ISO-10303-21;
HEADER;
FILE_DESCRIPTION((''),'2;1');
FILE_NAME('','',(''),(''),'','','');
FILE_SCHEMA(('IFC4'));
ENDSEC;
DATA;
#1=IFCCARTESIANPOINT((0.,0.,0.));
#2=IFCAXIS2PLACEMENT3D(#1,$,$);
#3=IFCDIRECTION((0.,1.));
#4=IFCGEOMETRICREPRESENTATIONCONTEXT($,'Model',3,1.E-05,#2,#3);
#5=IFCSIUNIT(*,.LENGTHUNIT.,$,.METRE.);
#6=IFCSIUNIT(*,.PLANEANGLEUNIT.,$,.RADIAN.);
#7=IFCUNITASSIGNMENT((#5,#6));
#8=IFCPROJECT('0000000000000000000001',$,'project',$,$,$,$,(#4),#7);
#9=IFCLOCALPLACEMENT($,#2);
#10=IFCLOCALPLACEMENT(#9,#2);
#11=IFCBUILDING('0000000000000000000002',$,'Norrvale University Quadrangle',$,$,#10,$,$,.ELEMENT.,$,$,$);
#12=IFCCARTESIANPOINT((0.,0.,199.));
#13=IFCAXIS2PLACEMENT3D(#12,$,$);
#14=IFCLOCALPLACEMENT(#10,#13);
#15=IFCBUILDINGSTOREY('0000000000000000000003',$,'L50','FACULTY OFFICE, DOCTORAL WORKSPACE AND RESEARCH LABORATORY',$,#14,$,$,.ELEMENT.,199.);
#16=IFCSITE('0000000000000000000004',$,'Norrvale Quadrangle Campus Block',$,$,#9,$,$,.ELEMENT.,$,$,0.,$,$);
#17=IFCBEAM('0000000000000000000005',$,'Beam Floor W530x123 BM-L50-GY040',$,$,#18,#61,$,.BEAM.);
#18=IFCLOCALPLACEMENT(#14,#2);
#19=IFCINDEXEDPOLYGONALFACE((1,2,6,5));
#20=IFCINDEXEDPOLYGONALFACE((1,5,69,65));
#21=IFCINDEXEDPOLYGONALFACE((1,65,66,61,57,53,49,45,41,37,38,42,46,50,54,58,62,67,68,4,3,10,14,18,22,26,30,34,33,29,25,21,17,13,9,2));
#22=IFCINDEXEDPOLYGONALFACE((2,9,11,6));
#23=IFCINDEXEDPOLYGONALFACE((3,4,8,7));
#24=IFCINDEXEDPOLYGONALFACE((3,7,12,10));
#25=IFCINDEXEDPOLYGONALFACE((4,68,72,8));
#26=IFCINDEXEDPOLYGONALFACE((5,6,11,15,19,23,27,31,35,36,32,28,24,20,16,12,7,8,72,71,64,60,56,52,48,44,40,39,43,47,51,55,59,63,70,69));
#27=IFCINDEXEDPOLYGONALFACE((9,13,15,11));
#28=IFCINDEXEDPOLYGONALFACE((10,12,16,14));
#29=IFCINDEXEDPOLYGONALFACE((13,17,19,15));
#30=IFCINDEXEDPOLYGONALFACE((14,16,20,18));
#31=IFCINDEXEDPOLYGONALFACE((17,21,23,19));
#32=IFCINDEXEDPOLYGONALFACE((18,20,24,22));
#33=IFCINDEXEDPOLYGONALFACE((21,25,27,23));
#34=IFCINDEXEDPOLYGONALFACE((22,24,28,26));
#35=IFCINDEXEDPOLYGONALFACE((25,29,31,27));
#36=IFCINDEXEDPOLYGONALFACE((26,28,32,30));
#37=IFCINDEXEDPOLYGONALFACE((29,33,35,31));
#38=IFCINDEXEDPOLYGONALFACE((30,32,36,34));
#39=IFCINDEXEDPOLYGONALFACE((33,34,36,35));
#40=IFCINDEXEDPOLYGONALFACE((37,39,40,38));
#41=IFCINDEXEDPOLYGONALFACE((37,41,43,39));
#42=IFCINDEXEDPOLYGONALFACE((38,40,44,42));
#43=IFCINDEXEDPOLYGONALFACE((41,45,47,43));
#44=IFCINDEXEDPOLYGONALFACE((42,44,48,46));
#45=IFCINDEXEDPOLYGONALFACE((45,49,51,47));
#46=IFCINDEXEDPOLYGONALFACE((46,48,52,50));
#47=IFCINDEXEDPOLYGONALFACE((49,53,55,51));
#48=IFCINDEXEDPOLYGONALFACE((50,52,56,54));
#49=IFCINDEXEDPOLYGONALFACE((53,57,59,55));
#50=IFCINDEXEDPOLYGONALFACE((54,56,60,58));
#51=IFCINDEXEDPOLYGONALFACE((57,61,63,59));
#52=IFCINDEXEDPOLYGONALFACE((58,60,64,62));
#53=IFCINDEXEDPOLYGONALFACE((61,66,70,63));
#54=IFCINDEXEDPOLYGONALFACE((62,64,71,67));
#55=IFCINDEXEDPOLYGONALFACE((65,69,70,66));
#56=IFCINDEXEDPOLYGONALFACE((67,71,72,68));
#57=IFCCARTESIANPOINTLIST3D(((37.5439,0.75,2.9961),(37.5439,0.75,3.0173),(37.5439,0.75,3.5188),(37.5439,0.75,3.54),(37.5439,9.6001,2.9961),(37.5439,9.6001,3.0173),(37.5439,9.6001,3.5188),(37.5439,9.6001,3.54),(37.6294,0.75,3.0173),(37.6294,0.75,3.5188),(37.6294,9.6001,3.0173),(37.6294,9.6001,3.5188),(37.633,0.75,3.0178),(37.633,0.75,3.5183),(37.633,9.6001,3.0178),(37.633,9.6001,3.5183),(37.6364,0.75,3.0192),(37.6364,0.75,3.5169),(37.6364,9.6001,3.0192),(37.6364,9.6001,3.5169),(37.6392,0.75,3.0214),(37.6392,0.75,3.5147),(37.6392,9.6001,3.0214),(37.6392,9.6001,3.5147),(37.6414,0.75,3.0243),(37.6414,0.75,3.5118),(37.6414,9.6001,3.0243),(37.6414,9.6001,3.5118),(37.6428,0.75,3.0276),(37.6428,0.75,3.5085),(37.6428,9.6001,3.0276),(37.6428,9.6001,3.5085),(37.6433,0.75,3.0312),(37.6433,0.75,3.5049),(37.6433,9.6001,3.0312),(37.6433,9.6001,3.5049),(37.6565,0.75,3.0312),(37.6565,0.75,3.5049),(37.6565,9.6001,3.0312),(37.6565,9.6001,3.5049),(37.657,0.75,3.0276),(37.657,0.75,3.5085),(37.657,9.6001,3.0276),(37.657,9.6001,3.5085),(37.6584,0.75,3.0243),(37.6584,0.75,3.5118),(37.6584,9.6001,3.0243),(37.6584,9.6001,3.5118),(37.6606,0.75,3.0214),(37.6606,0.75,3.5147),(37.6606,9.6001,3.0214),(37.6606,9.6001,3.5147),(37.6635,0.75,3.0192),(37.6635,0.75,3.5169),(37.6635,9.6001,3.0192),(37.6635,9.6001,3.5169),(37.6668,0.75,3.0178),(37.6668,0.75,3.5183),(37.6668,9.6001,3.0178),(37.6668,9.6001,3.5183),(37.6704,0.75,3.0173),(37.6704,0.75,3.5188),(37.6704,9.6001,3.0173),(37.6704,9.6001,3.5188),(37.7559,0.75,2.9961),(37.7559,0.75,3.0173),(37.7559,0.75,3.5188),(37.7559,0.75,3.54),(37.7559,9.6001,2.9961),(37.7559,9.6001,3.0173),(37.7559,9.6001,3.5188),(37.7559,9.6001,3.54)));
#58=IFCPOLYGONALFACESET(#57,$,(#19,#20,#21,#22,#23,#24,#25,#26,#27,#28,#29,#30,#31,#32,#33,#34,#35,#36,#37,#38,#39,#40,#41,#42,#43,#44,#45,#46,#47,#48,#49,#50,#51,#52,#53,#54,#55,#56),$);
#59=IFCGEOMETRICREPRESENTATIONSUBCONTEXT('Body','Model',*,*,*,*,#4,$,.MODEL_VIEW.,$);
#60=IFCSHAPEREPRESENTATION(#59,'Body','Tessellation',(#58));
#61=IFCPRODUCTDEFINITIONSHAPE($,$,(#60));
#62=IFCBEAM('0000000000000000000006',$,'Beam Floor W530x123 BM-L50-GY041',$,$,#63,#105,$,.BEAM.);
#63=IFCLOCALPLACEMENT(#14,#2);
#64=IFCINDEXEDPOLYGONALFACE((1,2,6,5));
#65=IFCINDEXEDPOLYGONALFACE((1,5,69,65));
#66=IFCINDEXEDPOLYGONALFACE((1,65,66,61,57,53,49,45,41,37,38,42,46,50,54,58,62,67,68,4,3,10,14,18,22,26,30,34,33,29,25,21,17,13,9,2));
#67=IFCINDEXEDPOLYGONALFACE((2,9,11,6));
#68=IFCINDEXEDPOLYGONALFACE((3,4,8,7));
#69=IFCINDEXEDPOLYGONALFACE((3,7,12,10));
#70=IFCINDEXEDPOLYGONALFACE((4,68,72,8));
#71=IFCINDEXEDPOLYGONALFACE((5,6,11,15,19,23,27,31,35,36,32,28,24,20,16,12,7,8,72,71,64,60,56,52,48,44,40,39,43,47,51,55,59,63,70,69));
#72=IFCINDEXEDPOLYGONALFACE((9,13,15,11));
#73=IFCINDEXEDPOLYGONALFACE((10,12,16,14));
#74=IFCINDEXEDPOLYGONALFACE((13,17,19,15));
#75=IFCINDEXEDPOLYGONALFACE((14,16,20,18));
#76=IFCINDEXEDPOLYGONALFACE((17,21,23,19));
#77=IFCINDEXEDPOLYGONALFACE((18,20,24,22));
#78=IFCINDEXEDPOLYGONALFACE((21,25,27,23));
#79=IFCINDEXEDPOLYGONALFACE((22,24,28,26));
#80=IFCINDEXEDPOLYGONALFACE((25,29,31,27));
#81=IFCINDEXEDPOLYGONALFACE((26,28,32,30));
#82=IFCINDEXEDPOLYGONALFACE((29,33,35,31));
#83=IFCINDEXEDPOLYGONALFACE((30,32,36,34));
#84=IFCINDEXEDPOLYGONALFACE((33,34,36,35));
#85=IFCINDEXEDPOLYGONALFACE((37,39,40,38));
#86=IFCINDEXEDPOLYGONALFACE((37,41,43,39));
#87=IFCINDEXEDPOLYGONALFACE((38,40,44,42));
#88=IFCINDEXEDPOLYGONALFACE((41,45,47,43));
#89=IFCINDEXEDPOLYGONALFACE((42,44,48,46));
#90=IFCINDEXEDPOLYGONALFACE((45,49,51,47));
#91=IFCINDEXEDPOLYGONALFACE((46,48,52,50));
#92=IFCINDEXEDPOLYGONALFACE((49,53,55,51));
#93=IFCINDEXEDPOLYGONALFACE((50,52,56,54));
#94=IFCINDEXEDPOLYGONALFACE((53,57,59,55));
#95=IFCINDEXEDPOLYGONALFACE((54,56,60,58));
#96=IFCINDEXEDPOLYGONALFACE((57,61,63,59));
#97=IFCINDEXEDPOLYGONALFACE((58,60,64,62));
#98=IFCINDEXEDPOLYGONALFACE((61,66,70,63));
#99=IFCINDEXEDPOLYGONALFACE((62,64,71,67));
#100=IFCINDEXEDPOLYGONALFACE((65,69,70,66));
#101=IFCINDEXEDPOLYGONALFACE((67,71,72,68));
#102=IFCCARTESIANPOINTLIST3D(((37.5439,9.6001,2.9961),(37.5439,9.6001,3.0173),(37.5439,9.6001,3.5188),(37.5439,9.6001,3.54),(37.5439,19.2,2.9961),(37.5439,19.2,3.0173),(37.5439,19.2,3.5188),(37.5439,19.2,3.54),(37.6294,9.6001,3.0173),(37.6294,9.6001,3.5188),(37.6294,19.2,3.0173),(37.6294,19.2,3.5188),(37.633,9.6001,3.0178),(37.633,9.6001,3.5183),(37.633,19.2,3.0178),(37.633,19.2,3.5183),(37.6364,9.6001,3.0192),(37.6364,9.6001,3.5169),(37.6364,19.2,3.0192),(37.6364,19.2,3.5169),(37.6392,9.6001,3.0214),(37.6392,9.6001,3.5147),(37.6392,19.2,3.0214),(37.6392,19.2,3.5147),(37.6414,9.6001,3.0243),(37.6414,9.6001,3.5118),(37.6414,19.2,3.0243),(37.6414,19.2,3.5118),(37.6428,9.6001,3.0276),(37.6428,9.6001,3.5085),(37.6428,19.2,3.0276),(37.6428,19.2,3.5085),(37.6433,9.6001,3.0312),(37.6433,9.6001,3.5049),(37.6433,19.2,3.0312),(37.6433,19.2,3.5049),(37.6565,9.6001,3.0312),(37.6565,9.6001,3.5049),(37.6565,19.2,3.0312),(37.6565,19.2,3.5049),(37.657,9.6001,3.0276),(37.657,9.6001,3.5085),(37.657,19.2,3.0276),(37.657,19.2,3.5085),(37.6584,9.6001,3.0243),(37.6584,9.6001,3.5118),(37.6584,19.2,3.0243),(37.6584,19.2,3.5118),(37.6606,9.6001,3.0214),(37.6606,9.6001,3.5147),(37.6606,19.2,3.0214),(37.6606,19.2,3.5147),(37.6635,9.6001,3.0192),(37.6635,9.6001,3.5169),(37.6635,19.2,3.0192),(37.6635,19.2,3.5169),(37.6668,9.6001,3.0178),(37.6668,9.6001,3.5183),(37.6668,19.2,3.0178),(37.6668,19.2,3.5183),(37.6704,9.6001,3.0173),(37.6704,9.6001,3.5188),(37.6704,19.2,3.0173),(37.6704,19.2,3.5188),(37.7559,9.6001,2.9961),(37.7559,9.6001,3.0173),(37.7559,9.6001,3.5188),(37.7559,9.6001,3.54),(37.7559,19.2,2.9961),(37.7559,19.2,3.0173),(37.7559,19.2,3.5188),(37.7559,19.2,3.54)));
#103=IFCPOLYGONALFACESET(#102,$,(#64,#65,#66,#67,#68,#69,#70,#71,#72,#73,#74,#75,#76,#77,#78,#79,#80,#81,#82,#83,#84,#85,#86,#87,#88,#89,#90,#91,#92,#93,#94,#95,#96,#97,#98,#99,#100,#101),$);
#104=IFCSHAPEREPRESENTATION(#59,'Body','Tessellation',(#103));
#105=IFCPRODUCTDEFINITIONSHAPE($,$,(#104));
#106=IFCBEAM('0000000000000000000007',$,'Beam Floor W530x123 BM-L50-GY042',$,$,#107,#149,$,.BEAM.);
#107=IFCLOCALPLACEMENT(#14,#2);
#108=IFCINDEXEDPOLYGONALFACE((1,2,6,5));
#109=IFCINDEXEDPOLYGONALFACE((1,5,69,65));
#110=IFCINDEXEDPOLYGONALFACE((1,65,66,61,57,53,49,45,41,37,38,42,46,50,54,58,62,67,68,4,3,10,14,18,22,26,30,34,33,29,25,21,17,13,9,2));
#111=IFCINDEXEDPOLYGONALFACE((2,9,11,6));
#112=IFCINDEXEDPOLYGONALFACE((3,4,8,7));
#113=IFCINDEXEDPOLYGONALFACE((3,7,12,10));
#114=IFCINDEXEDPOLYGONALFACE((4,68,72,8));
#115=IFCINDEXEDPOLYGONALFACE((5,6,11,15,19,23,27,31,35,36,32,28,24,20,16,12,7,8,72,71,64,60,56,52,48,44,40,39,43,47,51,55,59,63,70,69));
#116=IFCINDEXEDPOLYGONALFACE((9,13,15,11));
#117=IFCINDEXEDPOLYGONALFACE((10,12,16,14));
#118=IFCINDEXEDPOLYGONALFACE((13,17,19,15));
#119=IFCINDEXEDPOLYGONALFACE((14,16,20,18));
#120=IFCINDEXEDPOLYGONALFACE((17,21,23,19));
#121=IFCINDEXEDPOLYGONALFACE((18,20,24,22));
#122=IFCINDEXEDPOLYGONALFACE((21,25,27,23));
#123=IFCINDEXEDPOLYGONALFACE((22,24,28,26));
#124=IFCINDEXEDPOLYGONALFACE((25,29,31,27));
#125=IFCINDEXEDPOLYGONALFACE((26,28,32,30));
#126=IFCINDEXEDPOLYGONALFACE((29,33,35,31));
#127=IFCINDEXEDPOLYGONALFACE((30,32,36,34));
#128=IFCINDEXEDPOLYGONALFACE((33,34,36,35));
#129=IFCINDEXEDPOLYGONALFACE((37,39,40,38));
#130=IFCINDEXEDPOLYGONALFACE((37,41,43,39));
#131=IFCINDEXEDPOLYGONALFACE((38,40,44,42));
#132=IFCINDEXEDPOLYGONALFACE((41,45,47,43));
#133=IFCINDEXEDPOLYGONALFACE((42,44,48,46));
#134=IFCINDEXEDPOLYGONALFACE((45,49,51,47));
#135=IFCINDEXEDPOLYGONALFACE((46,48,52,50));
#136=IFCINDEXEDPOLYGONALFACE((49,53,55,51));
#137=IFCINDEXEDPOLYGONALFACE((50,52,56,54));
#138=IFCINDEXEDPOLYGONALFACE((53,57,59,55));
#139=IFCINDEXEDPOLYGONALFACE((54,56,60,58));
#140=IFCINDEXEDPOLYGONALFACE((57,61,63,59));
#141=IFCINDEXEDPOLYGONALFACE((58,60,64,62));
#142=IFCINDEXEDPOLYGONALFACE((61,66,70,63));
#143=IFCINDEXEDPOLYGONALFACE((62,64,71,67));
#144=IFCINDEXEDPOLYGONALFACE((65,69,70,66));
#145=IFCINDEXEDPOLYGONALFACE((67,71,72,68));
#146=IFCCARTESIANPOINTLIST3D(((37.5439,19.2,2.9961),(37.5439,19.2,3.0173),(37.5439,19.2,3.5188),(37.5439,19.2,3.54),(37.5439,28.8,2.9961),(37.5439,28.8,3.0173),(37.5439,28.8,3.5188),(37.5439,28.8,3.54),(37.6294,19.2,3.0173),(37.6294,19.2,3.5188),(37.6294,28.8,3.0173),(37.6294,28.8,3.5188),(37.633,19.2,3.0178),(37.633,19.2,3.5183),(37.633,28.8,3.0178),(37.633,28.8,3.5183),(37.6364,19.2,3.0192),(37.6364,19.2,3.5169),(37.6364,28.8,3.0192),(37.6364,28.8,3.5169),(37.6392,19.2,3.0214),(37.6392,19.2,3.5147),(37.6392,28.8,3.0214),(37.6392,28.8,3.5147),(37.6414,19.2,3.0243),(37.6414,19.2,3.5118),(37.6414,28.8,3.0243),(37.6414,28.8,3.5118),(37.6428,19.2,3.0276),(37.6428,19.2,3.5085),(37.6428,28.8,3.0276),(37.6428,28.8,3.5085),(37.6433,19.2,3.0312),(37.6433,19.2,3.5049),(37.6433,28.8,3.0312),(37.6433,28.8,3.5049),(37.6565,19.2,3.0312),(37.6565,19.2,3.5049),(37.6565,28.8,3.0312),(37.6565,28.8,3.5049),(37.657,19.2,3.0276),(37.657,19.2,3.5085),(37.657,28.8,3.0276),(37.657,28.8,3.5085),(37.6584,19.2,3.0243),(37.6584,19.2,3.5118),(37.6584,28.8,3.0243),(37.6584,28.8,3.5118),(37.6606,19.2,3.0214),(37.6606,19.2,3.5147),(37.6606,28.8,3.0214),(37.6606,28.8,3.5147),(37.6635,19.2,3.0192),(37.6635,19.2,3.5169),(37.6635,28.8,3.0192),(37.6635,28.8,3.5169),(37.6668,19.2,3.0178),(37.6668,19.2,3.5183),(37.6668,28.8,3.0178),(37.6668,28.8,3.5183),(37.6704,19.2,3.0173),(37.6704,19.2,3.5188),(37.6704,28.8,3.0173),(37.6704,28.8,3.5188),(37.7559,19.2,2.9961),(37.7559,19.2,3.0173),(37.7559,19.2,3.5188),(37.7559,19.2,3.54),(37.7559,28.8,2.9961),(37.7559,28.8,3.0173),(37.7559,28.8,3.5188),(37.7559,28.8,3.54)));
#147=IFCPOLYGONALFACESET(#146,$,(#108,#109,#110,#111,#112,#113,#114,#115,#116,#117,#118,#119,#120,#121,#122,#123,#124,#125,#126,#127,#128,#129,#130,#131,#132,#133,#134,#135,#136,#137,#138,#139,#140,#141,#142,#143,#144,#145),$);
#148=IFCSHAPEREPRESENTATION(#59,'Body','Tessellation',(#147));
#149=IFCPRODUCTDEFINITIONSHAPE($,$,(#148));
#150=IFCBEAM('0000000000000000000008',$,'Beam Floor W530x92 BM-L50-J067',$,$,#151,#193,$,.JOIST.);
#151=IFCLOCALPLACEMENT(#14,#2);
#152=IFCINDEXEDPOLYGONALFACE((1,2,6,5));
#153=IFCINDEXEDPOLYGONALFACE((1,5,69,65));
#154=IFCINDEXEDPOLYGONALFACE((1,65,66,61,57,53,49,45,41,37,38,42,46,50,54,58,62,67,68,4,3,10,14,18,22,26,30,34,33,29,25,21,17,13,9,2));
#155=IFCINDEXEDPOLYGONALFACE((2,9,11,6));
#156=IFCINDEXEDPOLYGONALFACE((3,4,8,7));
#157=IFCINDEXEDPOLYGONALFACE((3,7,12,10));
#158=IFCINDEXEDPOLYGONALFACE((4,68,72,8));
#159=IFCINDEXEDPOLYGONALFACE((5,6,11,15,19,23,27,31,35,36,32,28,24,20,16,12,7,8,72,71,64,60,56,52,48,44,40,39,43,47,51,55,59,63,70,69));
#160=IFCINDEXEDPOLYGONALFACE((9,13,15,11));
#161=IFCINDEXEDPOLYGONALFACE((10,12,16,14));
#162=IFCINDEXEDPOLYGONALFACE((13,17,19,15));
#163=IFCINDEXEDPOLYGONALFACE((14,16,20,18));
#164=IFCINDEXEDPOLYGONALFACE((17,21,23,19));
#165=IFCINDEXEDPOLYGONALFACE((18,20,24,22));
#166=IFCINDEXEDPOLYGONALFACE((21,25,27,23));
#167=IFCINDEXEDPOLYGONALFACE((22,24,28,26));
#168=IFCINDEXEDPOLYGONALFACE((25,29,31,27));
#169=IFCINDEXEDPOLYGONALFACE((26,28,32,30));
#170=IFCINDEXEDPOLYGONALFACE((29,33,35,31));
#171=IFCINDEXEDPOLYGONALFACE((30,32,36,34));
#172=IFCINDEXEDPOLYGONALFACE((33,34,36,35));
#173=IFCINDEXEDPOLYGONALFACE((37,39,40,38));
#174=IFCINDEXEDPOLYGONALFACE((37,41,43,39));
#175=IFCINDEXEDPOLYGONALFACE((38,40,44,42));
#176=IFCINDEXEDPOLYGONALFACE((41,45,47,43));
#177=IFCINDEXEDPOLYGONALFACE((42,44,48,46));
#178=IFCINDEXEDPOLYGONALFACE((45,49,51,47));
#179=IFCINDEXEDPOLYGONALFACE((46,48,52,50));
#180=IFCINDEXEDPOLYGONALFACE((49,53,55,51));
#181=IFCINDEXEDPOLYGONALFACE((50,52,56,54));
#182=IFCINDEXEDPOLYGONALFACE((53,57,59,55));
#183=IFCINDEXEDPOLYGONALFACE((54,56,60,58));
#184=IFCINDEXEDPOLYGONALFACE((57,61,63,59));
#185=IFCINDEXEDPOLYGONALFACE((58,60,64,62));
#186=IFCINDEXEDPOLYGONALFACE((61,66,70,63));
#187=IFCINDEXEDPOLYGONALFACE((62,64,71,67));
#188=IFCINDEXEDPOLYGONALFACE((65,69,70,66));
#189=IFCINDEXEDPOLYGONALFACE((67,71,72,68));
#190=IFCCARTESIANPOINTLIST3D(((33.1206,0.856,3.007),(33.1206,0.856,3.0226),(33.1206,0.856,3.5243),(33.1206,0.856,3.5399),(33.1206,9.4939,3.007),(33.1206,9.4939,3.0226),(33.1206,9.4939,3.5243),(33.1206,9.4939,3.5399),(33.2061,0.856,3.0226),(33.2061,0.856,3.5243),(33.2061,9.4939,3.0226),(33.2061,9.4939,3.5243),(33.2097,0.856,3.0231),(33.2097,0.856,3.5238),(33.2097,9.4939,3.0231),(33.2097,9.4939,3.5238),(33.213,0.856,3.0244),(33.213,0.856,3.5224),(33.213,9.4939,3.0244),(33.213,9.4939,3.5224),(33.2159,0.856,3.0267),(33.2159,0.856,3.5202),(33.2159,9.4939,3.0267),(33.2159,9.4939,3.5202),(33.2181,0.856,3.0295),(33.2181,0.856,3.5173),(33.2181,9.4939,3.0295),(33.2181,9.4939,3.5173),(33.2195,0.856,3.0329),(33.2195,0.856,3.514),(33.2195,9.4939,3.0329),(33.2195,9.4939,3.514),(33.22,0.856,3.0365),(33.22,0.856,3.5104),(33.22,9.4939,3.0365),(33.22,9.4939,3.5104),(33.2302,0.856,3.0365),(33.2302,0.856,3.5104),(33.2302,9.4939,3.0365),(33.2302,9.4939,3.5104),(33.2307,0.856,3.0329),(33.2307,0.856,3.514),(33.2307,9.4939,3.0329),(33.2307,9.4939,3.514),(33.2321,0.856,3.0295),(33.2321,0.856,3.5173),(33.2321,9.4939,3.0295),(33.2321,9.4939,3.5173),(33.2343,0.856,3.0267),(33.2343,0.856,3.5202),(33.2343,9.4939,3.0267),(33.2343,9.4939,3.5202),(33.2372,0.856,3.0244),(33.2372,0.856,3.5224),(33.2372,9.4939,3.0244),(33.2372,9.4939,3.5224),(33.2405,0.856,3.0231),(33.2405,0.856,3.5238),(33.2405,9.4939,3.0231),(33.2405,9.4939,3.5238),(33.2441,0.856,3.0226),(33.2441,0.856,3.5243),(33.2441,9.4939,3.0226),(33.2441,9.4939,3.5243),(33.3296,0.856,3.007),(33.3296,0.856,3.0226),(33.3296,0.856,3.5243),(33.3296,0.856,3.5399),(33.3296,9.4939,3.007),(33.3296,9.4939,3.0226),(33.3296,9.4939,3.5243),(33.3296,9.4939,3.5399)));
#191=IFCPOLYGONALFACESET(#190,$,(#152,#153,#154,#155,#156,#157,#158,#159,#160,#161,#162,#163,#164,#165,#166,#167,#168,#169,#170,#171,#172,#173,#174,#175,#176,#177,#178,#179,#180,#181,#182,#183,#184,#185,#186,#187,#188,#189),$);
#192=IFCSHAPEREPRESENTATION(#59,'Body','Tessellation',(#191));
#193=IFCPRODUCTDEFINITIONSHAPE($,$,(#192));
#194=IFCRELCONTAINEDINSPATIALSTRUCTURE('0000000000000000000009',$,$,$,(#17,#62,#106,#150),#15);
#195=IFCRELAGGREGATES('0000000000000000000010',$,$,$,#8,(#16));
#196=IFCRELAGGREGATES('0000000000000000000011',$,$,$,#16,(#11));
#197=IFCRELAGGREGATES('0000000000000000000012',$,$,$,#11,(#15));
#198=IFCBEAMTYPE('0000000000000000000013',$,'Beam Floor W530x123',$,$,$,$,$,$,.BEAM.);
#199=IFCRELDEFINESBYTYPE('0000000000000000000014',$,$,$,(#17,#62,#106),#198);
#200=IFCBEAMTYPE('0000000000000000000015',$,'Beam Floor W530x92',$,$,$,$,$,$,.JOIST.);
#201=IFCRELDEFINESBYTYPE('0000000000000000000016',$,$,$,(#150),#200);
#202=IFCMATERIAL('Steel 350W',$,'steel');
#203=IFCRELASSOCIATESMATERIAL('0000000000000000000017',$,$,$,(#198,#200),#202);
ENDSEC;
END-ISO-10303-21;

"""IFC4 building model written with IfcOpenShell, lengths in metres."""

from ifc_helpers import new_model, si_unit, direction, frame, origin, origin_2d, place, context, subcontext, project, spatial, i_section, extrude, material, material_profile, profile_set, type_object, element, save


model = new_model("IFC4")

# Units and contexts
model_context = context("Model", 3, precision=1e-05, world=origin(), true_north=direction((0.0, 1.0)))
body_context = subcontext(model_context, "Body", "Model", "MODEL_VIEW")
ifc_project = project(units=[si_unit("LENGTHUNIT", "METRE"), si_unit("PLANEANGLEUNIT", "RADIAN")], contexts=[model_context])

# Site, building, storey
site_placement = place(None, origin())
site = spatial("IfcSite", under=ifc_project, at=site_placement, Name="Norrvale Quadrangle Campus Block", CompositionType="ELEMENT", RefElevation=0.0)
building_placement = place(site_placement, origin())
building = spatial("IfcBuilding", under=site, at=building_placement, Name="Norrvale University Quadrangle", CompositionType="ELEMENT")
storey_placement = place(building_placement, frame((0.0, 0.0, 199.0)))
storey = spatial("IfcBuildingStorey", under=building, at=storey_placement, Name="L50", Description="FACULTY OFFICE, DOCTORAL WORKSPACE AND RESEARCH LABORATORY", CompositionType="ELEMENT", Elevation=199.0)

# Beams
ifc_material_1 = material(Name="Steel 350W", Category="steel")
ifc_material_profile_1 = material_profile(ifc_material_1, i_section(OverallWidth=0.2119, OverallDepth=0.5439, WebThickness=0.0132, FlangeThickness=0.0212, FilletRadius=0.0139, at=origin_2d()), Name="Steel 350W")
ifc_profile_set_1 = profile_set([ifc_material_profile_1], Name="Steel 350W")
beam_type_1 = type_object("IfcBeamType", Name="Beam Floor W530x123", PredefinedType="BEAM", material=ifc_profile_set_1)
beam_1_placement = place(storey_placement, frame((37.6499, 0.75, 3.2681), z_axis=(0.0, 1.0, 0.0), x_axis=(-1.0, 0.0, 0.0)))
element("IfcBeam", 1, at=beam_1_placement, inside=storey, type_object=beam_type_1, Name="Beam Floor W530x123 BM-L50-GY040", PredefinedType="BEAM", context=body_context, shape_type="SweptSolid", body=[
    extrude(i_section(OverallWidth=0.2119, OverallDepth=0.5439, WebThickness=0.0132, FlangeThickness=0.0212, FilletRadius=0.0139, at=origin_2d()), origin(), (0.0, 0.0, 1.0), 8.8501),
])
beam_2_placement = place(storey_placement, frame((37.6499, 9.6001, 3.2681), z_axis=(0.0, 1.0, 0.0), x_axis=(-1.0, 0.0, 0.0)))
element("IfcBeam", 2, at=beam_2_placement, inside=storey, type_object=beam_type_1, Name="Beam Floor W530x123 BM-L50-GY041", PredefinedType="BEAM", context=body_context, shape_type="SweptSolid", body=[
    extrude(i_section(OverallWidth=0.2119, OverallDepth=0.5439, WebThickness=0.0132, FlangeThickness=0.0212, FilletRadius=0.0139, at=origin_2d()), origin(), (0.0, 0.0, 1.0), 9.5999),
])
beam_3_placement = place(storey_placement, frame((37.6499, 19.2, 3.2681), z_axis=(0.0, 1.0, 0.0), x_axis=(-1.0, 0.0, 0.0)))
element("IfcBeam", 3, at=beam_3_placement, inside=storey, type_object=beam_type_1, Name="Beam Floor W530x123 BM-L50-GY042", PredefinedType="BEAM", context=body_context, shape_type="SweptSolid", body=[
    extrude(i_section(OverallWidth=0.2119, OverallDepth=0.5439, WebThickness=0.0132, FlangeThickness=0.0212, FilletRadius=0.0139, at=origin_2d()), origin(), (0.0, 0.0, 1.0), 9.6001),
])
ifc_material_profile_2 = material_profile(ifc_material_1, i_section(OverallWidth=0.209, OverallDepth=0.533, WebThickness=0.0103, FlangeThickness=0.0156, FilletRadius=0.0139, at=origin_2d()), Name="Steel 350W")
ifc_profile_set_2 = profile_set([ifc_material_profile_2], Name="Steel 350W")
beam_type_2 = type_object("IfcBeamType", Name="Beam Floor W530x92", PredefinedType="JOIST", material=ifc_profile_set_2)
beam_4_placement = place(storey_placement, frame((33.2251, 0.856, 3.2734), z_axis=(0.0, 1.0, 0.0), x_axis=(-1.0, 0.0, 0.0)))
element("IfcBeam", 4, at=beam_4_placement, inside=storey, type_object=beam_type_2, Name="Beam Floor W530x92 BM-L50-J067", PredefinedType="JOIST", context=body_context, shape_type="SweptSolid", body=[
    extrude(i_section(OverallWidth=0.209, OverallDepth=0.533, WebThickness=0.0103, FlangeThickness=0.0156, FilletRadius=0.0139, at=origin_2d()), origin(), (0.0, 0.0, 1.0), 8.6379),
])

save(model, "model.ifc")
